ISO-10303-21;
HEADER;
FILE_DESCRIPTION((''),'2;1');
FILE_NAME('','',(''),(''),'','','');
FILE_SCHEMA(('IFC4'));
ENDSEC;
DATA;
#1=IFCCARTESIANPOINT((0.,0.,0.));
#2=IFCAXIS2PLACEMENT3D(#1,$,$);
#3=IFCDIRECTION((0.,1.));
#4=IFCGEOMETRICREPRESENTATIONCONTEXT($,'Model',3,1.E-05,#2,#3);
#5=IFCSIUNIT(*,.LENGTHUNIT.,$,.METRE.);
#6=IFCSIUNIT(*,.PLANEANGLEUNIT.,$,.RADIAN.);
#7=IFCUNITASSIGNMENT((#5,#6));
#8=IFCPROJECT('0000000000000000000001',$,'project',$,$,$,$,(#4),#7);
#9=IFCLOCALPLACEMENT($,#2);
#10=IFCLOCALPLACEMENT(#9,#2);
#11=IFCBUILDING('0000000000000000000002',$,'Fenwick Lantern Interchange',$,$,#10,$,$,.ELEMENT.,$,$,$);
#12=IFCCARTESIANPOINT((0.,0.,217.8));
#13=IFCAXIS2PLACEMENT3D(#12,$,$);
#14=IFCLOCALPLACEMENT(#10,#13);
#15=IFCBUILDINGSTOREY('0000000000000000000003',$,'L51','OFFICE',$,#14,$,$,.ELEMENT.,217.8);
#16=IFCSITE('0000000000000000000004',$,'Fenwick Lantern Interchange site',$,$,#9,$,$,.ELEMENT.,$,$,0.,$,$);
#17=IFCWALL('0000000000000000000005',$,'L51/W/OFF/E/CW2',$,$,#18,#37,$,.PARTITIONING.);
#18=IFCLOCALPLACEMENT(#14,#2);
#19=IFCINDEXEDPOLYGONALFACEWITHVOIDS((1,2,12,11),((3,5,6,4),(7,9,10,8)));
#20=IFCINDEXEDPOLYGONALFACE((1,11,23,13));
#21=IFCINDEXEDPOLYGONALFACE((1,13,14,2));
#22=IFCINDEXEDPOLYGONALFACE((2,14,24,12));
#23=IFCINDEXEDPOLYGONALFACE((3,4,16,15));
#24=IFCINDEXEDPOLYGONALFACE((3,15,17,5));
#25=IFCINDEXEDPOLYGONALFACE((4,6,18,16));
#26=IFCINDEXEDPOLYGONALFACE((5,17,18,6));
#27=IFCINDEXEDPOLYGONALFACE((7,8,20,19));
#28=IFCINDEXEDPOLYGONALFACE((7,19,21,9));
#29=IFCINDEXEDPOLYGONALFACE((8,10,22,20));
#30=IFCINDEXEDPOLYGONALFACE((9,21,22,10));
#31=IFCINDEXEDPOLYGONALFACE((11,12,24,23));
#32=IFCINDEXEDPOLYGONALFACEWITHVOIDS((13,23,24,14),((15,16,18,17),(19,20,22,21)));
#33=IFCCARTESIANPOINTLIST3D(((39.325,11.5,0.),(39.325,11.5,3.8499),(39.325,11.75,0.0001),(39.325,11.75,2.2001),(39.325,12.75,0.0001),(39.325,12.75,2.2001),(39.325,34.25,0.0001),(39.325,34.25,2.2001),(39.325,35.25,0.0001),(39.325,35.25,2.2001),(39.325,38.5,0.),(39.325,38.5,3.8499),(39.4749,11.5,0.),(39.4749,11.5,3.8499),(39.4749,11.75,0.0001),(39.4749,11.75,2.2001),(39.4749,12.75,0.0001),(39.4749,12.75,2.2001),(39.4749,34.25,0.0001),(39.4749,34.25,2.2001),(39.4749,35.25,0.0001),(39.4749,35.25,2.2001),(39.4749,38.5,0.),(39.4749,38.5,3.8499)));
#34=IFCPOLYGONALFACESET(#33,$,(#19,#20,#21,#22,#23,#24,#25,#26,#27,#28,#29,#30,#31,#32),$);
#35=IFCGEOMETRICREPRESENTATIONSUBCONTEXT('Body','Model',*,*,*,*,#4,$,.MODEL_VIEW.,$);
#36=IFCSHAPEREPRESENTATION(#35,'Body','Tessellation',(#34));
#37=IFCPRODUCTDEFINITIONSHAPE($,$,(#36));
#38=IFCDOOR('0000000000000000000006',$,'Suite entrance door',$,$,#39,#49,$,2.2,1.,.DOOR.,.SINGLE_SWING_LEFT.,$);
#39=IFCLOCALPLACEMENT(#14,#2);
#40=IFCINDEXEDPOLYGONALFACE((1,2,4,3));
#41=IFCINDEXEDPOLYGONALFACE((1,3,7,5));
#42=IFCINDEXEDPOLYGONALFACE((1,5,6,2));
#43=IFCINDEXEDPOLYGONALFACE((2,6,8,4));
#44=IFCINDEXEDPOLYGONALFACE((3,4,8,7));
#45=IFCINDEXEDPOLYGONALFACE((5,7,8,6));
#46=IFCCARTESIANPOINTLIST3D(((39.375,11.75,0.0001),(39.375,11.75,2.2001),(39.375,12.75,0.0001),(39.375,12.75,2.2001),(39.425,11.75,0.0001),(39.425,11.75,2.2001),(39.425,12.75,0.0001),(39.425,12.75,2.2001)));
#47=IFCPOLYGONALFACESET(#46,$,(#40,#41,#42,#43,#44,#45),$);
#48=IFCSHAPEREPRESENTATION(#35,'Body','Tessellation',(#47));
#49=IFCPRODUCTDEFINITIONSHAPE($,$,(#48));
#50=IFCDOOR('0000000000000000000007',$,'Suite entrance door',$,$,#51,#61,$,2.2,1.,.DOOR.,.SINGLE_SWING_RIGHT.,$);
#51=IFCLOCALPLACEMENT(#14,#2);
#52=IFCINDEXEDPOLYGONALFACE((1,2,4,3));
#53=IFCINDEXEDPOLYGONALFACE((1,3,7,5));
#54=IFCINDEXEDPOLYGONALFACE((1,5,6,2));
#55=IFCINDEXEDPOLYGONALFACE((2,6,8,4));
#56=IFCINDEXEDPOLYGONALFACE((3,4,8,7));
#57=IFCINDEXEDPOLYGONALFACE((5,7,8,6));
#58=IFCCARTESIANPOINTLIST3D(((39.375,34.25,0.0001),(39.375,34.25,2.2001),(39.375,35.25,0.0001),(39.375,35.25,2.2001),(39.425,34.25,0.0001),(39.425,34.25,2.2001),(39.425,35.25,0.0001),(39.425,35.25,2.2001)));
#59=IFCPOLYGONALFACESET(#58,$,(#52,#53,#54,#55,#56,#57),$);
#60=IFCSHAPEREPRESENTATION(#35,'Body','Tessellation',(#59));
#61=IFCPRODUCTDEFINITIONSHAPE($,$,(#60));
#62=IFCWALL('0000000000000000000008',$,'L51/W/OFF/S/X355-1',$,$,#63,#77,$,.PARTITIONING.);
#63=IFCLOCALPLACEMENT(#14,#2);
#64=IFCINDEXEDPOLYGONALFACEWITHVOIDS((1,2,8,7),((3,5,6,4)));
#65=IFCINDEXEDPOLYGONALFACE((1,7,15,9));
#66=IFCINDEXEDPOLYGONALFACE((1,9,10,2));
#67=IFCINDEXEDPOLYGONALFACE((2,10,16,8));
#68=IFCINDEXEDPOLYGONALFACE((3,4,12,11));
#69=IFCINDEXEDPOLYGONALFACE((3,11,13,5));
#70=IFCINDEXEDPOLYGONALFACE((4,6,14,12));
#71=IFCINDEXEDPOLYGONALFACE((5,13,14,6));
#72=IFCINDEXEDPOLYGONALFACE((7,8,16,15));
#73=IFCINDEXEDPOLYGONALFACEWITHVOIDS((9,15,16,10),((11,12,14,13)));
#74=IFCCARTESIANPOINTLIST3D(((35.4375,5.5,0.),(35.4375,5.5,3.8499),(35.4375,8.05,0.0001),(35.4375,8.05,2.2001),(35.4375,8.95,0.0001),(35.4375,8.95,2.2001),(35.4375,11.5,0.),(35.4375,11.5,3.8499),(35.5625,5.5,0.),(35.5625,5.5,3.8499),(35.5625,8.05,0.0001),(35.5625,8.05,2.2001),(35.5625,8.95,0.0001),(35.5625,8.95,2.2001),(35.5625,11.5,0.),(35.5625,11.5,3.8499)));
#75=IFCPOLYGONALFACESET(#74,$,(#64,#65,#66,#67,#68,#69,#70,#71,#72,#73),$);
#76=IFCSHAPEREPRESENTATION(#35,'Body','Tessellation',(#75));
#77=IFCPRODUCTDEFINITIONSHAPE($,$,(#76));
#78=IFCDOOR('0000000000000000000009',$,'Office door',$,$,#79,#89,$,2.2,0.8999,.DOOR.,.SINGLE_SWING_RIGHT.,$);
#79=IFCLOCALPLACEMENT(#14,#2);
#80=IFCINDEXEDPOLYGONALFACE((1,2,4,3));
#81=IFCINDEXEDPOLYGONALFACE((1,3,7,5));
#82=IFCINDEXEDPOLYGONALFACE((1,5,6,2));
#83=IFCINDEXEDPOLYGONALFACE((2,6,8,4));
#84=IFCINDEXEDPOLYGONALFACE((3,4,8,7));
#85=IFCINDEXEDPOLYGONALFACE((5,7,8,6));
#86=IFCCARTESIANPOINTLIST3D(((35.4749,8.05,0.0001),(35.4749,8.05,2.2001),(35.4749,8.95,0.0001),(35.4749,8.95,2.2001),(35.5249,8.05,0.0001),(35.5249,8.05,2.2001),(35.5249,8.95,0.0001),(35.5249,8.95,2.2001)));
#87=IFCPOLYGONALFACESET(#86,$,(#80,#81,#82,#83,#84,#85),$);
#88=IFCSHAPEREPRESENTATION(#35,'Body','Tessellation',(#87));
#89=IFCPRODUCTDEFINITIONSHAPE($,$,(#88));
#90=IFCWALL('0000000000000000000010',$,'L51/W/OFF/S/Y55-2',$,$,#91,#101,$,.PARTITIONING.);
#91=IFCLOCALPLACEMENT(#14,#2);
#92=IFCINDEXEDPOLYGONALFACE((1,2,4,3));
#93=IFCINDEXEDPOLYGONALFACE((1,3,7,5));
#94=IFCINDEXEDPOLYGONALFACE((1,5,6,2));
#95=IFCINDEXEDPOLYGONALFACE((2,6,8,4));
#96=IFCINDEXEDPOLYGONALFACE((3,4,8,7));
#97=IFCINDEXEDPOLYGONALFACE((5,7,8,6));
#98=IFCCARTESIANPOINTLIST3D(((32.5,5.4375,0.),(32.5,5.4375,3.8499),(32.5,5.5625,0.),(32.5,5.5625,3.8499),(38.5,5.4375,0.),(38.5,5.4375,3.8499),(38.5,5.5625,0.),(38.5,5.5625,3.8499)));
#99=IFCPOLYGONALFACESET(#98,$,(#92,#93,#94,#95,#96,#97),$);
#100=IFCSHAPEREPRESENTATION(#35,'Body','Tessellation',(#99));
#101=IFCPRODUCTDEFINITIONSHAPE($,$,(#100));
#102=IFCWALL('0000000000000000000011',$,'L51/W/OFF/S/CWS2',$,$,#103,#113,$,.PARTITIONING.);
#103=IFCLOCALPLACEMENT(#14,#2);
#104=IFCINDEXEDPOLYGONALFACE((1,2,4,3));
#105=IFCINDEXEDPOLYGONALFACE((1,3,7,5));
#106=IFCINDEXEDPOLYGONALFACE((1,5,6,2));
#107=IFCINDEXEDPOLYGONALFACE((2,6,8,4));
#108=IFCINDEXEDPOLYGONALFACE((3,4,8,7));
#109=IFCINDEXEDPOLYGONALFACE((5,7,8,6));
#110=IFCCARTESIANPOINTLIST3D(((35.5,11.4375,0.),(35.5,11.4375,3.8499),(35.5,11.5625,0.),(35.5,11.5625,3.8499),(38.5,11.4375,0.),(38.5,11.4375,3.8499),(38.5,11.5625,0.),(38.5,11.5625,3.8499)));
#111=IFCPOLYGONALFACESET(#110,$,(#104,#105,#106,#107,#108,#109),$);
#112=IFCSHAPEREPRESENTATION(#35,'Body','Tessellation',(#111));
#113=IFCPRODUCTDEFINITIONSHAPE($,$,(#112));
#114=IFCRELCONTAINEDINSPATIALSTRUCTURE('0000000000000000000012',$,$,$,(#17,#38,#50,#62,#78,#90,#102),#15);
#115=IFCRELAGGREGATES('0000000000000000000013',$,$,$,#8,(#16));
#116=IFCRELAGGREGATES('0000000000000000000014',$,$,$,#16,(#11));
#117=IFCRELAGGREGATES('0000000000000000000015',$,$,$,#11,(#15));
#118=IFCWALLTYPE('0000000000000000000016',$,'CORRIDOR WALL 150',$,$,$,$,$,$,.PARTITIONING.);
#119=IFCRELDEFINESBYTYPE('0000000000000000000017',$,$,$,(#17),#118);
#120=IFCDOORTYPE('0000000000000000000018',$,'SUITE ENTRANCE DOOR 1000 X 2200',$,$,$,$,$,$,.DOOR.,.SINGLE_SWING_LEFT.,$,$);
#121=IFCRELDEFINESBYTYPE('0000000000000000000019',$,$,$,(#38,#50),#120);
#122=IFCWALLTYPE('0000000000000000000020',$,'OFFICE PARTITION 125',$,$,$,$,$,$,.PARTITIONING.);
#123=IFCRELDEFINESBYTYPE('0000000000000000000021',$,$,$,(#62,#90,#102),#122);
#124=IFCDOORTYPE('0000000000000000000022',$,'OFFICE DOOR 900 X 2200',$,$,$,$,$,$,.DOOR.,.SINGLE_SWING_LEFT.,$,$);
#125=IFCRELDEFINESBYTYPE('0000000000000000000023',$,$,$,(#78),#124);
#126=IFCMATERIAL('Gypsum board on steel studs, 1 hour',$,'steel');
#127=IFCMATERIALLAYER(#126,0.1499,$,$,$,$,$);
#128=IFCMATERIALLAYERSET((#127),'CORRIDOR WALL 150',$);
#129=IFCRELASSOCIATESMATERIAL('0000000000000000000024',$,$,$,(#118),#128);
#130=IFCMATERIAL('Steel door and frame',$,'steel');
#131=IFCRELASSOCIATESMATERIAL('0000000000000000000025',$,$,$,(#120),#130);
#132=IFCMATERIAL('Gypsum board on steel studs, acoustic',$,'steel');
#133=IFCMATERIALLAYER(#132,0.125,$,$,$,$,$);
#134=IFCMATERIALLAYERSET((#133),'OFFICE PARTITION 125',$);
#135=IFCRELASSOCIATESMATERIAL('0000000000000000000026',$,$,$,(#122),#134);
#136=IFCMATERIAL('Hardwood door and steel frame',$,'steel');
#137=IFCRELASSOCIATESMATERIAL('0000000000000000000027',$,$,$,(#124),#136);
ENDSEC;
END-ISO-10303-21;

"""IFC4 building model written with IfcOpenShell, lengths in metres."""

from ifc_helpers import new_model, si_unit, direction, frame, frame_2d, origin, place, context, subcontext, project, spatial, rectangle, extrude, material, layer, layer_set, type_object, element, fill, save


model = new_model("IFC4")

# Units and contexts
model_context = context("Model", 3, precision=1e-05, world=origin(), true_north=direction((0.0, 1.0)))
body_context = subcontext(model_context, "Body", "Model", "MODEL_VIEW")
ifc_project = project(units=[si_unit("LENGTHUNIT", "METRE"), si_unit("PLANEANGLEUNIT", "RADIAN")], contexts=[model_context])

# Site, building, storey
site_placement = place(None, origin())
site = spatial("IfcSite", under=ifc_project, at=site_placement, Name="Fenwick Lantern Interchange site", CompositionType="ELEMENT", RefElevation=0.0)
building_placement = place(site_placement, origin())
building = spatial("IfcBuilding", under=site, at=building_placement, Name="Fenwick Lantern Interchange", CompositionType="ELEMENT")
storey_placement = place(building_placement, frame((0.0, 0.0, 217.8)))
storey = spatial("IfcBuildingStorey", under=building, at=storey_placement, Name="L51", Description="OFFICE", CompositionType="ELEMENT", Elevation=217.8)

# Shared definitions
ifc_material_1 = material(Name="Steel door and frame", Category="steel")

# Shared definitions
ifc_material_2 = material(Name="Gypsum board on steel studs, 1 hour", Category="steel")
ifc_layer_1 = layer(ifc_material_2, 0.1499)
ifc_layer_set_1 = layer_set([ifc_layer_1], Name="CORRIDOR WALL 150")
wall_type_1 = type_object("IfcWallType", Name="CORRIDOR WALL 150", PredefinedType="PARTITIONING", material=ifc_layer_set_1)

# Wall, openings, doors
wall_1_placement = place(storey_placement, frame((39.3999, 11.5, 0.0), z_axis=(0.0, 0.0, 1.0), x_axis=(0.0, 1.0, 0.0)))
wall_1 = element("IfcWall", 1, at=wall_1_placement, inside=storey, type_object=wall_type_1, Name="L51/W/OFF/E/CW2", PredefinedType="PARTITIONING", context=body_context, shape_type="SweptSolid", body=[
    extrude(rectangle(XDim=27.0, YDim=0.1499, at=frame_2d((13.5, 0.0))), origin(), (0.0, 0.0, 1.0), 3.8499),
])
opening_1_placement = place(wall_1_placement, frame((0.25, 0.0, 0.0)))
opening_1 = element("IfcOpeningElement", 2, at=opening_1_placement, cuts=wall_1, PredefinedType="OPENING", context=body_context, shape_type="SweptSolid", body=[
    extrude(rectangle(XDim=1.0, YDim=2.2, at=frame_2d((0.5, 1.1001))), frame((0.0, 0.085, 0.0), z_axis=(0.0, -1.0, 0.0), x_axis=(1.0, 0.0, 0.0)), (0.0, 0.0, 1.0), 0.1699),
])
opening_2_placement = place(wall_1_placement, frame((22.75, 0.0, 0.0)))
opening_2 = element("IfcOpeningElement", 3, at=opening_2_placement, cuts=wall_1, PredefinedType="OPENING", context=body_context, shape_type="SweptSolid", body=[
    extrude(rectangle(XDim=1.0, YDim=2.2, at=frame_2d((0.5, 1.1001))), frame((0.0, 0.085, 0.0), z_axis=(0.0, -1.0, 0.0), x_axis=(1.0, 0.0, 0.0)), (0.0, 0.0, 1.0), 0.1699),
])
door_type_1 = type_object("IfcDoorType", Name="SUITE ENTRANCE DOOR 1000 X 2200", OperationType="SINGLE_SWING_LEFT", PredefinedType="DOOR", material=ifc_material_1)
door_1_placement = place(opening_1_placement, origin())
door_1 = element("IfcDoor", 4, at=door_1_placement, inside=storey, type_object=door_type_1, Name="Suite entrance door", OperationType="SINGLE_SWING_LEFT", OverallHeight=2.2, OverallWidth=1.0, PredefinedType="DOOR", context=body_context, shape_type="SweptSolid", body=[
    extrude(rectangle(XDim=1.0, YDim=2.2, at=frame_2d((0.5, 1.1001))), frame((0.0, 0.0249, 0.0), z_axis=(0.0, -1.0, 0.0), x_axis=(1.0, 0.0, 0.0)), (0.0, 0.0, 1.0), 0.05),
])
fill(opening_1, door_1)
door_2_placement = place(opening_2_placement, origin())
door_2 = element("IfcDoor", 5, at=door_2_placement, inside=storey, type_object=door_type_1, Name="Suite entrance door", OperationType="SINGLE_SWING_RIGHT", OverallHeight=2.2, OverallWidth=1.0, PredefinedType="DOOR", context=body_context, shape_type="SweptSolid", body=[
    extrude(rectangle(XDim=1.0, YDim=2.2, at=frame_2d((0.5, 1.1001))), frame((0.0, 0.0249, 0.0), z_axis=(0.0, -1.0, 0.0), x_axis=(1.0, 0.0, 0.0)), (0.0, 0.0, 1.0), 0.05),
])
fill(opening_2, door_2)

# Wall, opening, door
ifc_material_3 = material(Name="Gypsum board on steel studs, acoustic", Category="steel")
ifc_layer_2 = layer(ifc_material_3, 0.125)
ifc_layer_set_2 = layer_set([ifc_layer_2], Name="OFFICE PARTITION 125")
wall_type_2 = type_object("IfcWallType", Name="OFFICE PARTITION 125", PredefinedType="PARTITIONING", material=ifc_layer_set_2)
wall_2_placement = place(storey_placement, frame((35.5, 5.5, 0.0), z_axis=(0.0, 0.0, 1.0), x_axis=(0.0, 1.0, 0.0)))
wall_2 = element("IfcWall", 6, at=wall_2_placement, inside=storey, type_object=wall_type_2, Name="L51/W/OFF/S/X355-1", PredefinedType="PARTITIONING", context=body_context, shape_type="SweptSolid", body=[
    extrude(rectangle(XDim=6.0, YDim=0.125, at=frame_2d((3.0, 0.0))), origin(), (0.0, 0.0, 1.0), 3.8499),
])
opening_3_placement = place(wall_2_placement, frame((2.55, 0.0, 0.0)))
opening_3 = element("IfcOpeningElement", 7, at=opening_3_placement, cuts=wall_2, PredefinedType="OPENING", context=body_context, shape_type="SweptSolid", body=[
    extrude(rectangle(XDim=0.8999, YDim=2.2, at=frame_2d((0.45, 1.1001))), frame((0.0, 0.0725, 0.0), z_axis=(0.0, -1.0, 0.0), x_axis=(1.0, 0.0, 0.0)), (0.0, 0.0, 1.0), 0.145),
])
ifc_material_4 = material(Name="Hardwood door and steel frame", Category="steel")
door_type_2 = type_object("IfcDoorType", Name="OFFICE DOOR 900 X 2200", OperationType="SINGLE_SWING_LEFT", PredefinedType="DOOR", material=ifc_material_4)
door_3_placement = place(opening_3_placement, frame((0.8999, 0.0, 0.0), z_axis=(0.0, 0.0, 1.0), x_axis=(-1.0, 0.0, 0.0)))
door_3 = element("IfcDoor", 8, at=door_3_placement, inside=storey, type_object=door_type_2, Name="Office door", OperationType="SINGLE_SWING_RIGHT", OverallHeight=2.2, OverallWidth=0.8999, PredefinedType="DOOR", context=body_context, shape_type="SweptSolid", body=[
    extrude(rectangle(XDim=0.8999, YDim=2.2, at=frame_2d((0.45, 1.1001))), frame((0.0, 0.0249, 0.0), z_axis=(0.0, -1.0, 0.0), x_axis=(1.0, 0.0, 0.0)), (0.0, 0.0, 1.0), 0.05),
])
fill(opening_3, door_3)

# Walls
wall_3_placement = place(storey_placement, frame((32.5, 5.5, 0.0), z_axis=(0.0, 0.0, 1.0), x_axis=(1.0, 0.0, 0.0)))
element("IfcWall", 9, at=wall_3_placement, inside=storey, type_object=wall_type_2, Name="L51/W/OFF/S/Y55-2", PredefinedType="PARTITIONING", context=body_context, shape_type="SweptSolid", body=[
    extrude(rectangle(XDim=6.0, YDim=0.125, at=frame_2d((3.0, 0.0))), origin(), (0.0, 0.0, 1.0), 3.8499),
])
wall_4_placement = place(storey_placement, frame((35.5, 11.5, 0.0), z_axis=(0.0, 0.0, 1.0), x_axis=(1.0, 0.0, 0.0)))
element("IfcWall", 10, at=wall_4_placement, inside=storey, type_object=wall_type_2, Name="L51/W/OFF/S/CWS2", PredefinedType="PARTITIONING", context=body_context, shape_type="SweptSolid", body=[
    extrude(rectangle(XDim=3.0, YDim=0.125, at=frame_2d((1.5, 0.0))), origin(), (0.0, 0.0, 1.0), 3.8499),
])

save(model, "model.ifc")
